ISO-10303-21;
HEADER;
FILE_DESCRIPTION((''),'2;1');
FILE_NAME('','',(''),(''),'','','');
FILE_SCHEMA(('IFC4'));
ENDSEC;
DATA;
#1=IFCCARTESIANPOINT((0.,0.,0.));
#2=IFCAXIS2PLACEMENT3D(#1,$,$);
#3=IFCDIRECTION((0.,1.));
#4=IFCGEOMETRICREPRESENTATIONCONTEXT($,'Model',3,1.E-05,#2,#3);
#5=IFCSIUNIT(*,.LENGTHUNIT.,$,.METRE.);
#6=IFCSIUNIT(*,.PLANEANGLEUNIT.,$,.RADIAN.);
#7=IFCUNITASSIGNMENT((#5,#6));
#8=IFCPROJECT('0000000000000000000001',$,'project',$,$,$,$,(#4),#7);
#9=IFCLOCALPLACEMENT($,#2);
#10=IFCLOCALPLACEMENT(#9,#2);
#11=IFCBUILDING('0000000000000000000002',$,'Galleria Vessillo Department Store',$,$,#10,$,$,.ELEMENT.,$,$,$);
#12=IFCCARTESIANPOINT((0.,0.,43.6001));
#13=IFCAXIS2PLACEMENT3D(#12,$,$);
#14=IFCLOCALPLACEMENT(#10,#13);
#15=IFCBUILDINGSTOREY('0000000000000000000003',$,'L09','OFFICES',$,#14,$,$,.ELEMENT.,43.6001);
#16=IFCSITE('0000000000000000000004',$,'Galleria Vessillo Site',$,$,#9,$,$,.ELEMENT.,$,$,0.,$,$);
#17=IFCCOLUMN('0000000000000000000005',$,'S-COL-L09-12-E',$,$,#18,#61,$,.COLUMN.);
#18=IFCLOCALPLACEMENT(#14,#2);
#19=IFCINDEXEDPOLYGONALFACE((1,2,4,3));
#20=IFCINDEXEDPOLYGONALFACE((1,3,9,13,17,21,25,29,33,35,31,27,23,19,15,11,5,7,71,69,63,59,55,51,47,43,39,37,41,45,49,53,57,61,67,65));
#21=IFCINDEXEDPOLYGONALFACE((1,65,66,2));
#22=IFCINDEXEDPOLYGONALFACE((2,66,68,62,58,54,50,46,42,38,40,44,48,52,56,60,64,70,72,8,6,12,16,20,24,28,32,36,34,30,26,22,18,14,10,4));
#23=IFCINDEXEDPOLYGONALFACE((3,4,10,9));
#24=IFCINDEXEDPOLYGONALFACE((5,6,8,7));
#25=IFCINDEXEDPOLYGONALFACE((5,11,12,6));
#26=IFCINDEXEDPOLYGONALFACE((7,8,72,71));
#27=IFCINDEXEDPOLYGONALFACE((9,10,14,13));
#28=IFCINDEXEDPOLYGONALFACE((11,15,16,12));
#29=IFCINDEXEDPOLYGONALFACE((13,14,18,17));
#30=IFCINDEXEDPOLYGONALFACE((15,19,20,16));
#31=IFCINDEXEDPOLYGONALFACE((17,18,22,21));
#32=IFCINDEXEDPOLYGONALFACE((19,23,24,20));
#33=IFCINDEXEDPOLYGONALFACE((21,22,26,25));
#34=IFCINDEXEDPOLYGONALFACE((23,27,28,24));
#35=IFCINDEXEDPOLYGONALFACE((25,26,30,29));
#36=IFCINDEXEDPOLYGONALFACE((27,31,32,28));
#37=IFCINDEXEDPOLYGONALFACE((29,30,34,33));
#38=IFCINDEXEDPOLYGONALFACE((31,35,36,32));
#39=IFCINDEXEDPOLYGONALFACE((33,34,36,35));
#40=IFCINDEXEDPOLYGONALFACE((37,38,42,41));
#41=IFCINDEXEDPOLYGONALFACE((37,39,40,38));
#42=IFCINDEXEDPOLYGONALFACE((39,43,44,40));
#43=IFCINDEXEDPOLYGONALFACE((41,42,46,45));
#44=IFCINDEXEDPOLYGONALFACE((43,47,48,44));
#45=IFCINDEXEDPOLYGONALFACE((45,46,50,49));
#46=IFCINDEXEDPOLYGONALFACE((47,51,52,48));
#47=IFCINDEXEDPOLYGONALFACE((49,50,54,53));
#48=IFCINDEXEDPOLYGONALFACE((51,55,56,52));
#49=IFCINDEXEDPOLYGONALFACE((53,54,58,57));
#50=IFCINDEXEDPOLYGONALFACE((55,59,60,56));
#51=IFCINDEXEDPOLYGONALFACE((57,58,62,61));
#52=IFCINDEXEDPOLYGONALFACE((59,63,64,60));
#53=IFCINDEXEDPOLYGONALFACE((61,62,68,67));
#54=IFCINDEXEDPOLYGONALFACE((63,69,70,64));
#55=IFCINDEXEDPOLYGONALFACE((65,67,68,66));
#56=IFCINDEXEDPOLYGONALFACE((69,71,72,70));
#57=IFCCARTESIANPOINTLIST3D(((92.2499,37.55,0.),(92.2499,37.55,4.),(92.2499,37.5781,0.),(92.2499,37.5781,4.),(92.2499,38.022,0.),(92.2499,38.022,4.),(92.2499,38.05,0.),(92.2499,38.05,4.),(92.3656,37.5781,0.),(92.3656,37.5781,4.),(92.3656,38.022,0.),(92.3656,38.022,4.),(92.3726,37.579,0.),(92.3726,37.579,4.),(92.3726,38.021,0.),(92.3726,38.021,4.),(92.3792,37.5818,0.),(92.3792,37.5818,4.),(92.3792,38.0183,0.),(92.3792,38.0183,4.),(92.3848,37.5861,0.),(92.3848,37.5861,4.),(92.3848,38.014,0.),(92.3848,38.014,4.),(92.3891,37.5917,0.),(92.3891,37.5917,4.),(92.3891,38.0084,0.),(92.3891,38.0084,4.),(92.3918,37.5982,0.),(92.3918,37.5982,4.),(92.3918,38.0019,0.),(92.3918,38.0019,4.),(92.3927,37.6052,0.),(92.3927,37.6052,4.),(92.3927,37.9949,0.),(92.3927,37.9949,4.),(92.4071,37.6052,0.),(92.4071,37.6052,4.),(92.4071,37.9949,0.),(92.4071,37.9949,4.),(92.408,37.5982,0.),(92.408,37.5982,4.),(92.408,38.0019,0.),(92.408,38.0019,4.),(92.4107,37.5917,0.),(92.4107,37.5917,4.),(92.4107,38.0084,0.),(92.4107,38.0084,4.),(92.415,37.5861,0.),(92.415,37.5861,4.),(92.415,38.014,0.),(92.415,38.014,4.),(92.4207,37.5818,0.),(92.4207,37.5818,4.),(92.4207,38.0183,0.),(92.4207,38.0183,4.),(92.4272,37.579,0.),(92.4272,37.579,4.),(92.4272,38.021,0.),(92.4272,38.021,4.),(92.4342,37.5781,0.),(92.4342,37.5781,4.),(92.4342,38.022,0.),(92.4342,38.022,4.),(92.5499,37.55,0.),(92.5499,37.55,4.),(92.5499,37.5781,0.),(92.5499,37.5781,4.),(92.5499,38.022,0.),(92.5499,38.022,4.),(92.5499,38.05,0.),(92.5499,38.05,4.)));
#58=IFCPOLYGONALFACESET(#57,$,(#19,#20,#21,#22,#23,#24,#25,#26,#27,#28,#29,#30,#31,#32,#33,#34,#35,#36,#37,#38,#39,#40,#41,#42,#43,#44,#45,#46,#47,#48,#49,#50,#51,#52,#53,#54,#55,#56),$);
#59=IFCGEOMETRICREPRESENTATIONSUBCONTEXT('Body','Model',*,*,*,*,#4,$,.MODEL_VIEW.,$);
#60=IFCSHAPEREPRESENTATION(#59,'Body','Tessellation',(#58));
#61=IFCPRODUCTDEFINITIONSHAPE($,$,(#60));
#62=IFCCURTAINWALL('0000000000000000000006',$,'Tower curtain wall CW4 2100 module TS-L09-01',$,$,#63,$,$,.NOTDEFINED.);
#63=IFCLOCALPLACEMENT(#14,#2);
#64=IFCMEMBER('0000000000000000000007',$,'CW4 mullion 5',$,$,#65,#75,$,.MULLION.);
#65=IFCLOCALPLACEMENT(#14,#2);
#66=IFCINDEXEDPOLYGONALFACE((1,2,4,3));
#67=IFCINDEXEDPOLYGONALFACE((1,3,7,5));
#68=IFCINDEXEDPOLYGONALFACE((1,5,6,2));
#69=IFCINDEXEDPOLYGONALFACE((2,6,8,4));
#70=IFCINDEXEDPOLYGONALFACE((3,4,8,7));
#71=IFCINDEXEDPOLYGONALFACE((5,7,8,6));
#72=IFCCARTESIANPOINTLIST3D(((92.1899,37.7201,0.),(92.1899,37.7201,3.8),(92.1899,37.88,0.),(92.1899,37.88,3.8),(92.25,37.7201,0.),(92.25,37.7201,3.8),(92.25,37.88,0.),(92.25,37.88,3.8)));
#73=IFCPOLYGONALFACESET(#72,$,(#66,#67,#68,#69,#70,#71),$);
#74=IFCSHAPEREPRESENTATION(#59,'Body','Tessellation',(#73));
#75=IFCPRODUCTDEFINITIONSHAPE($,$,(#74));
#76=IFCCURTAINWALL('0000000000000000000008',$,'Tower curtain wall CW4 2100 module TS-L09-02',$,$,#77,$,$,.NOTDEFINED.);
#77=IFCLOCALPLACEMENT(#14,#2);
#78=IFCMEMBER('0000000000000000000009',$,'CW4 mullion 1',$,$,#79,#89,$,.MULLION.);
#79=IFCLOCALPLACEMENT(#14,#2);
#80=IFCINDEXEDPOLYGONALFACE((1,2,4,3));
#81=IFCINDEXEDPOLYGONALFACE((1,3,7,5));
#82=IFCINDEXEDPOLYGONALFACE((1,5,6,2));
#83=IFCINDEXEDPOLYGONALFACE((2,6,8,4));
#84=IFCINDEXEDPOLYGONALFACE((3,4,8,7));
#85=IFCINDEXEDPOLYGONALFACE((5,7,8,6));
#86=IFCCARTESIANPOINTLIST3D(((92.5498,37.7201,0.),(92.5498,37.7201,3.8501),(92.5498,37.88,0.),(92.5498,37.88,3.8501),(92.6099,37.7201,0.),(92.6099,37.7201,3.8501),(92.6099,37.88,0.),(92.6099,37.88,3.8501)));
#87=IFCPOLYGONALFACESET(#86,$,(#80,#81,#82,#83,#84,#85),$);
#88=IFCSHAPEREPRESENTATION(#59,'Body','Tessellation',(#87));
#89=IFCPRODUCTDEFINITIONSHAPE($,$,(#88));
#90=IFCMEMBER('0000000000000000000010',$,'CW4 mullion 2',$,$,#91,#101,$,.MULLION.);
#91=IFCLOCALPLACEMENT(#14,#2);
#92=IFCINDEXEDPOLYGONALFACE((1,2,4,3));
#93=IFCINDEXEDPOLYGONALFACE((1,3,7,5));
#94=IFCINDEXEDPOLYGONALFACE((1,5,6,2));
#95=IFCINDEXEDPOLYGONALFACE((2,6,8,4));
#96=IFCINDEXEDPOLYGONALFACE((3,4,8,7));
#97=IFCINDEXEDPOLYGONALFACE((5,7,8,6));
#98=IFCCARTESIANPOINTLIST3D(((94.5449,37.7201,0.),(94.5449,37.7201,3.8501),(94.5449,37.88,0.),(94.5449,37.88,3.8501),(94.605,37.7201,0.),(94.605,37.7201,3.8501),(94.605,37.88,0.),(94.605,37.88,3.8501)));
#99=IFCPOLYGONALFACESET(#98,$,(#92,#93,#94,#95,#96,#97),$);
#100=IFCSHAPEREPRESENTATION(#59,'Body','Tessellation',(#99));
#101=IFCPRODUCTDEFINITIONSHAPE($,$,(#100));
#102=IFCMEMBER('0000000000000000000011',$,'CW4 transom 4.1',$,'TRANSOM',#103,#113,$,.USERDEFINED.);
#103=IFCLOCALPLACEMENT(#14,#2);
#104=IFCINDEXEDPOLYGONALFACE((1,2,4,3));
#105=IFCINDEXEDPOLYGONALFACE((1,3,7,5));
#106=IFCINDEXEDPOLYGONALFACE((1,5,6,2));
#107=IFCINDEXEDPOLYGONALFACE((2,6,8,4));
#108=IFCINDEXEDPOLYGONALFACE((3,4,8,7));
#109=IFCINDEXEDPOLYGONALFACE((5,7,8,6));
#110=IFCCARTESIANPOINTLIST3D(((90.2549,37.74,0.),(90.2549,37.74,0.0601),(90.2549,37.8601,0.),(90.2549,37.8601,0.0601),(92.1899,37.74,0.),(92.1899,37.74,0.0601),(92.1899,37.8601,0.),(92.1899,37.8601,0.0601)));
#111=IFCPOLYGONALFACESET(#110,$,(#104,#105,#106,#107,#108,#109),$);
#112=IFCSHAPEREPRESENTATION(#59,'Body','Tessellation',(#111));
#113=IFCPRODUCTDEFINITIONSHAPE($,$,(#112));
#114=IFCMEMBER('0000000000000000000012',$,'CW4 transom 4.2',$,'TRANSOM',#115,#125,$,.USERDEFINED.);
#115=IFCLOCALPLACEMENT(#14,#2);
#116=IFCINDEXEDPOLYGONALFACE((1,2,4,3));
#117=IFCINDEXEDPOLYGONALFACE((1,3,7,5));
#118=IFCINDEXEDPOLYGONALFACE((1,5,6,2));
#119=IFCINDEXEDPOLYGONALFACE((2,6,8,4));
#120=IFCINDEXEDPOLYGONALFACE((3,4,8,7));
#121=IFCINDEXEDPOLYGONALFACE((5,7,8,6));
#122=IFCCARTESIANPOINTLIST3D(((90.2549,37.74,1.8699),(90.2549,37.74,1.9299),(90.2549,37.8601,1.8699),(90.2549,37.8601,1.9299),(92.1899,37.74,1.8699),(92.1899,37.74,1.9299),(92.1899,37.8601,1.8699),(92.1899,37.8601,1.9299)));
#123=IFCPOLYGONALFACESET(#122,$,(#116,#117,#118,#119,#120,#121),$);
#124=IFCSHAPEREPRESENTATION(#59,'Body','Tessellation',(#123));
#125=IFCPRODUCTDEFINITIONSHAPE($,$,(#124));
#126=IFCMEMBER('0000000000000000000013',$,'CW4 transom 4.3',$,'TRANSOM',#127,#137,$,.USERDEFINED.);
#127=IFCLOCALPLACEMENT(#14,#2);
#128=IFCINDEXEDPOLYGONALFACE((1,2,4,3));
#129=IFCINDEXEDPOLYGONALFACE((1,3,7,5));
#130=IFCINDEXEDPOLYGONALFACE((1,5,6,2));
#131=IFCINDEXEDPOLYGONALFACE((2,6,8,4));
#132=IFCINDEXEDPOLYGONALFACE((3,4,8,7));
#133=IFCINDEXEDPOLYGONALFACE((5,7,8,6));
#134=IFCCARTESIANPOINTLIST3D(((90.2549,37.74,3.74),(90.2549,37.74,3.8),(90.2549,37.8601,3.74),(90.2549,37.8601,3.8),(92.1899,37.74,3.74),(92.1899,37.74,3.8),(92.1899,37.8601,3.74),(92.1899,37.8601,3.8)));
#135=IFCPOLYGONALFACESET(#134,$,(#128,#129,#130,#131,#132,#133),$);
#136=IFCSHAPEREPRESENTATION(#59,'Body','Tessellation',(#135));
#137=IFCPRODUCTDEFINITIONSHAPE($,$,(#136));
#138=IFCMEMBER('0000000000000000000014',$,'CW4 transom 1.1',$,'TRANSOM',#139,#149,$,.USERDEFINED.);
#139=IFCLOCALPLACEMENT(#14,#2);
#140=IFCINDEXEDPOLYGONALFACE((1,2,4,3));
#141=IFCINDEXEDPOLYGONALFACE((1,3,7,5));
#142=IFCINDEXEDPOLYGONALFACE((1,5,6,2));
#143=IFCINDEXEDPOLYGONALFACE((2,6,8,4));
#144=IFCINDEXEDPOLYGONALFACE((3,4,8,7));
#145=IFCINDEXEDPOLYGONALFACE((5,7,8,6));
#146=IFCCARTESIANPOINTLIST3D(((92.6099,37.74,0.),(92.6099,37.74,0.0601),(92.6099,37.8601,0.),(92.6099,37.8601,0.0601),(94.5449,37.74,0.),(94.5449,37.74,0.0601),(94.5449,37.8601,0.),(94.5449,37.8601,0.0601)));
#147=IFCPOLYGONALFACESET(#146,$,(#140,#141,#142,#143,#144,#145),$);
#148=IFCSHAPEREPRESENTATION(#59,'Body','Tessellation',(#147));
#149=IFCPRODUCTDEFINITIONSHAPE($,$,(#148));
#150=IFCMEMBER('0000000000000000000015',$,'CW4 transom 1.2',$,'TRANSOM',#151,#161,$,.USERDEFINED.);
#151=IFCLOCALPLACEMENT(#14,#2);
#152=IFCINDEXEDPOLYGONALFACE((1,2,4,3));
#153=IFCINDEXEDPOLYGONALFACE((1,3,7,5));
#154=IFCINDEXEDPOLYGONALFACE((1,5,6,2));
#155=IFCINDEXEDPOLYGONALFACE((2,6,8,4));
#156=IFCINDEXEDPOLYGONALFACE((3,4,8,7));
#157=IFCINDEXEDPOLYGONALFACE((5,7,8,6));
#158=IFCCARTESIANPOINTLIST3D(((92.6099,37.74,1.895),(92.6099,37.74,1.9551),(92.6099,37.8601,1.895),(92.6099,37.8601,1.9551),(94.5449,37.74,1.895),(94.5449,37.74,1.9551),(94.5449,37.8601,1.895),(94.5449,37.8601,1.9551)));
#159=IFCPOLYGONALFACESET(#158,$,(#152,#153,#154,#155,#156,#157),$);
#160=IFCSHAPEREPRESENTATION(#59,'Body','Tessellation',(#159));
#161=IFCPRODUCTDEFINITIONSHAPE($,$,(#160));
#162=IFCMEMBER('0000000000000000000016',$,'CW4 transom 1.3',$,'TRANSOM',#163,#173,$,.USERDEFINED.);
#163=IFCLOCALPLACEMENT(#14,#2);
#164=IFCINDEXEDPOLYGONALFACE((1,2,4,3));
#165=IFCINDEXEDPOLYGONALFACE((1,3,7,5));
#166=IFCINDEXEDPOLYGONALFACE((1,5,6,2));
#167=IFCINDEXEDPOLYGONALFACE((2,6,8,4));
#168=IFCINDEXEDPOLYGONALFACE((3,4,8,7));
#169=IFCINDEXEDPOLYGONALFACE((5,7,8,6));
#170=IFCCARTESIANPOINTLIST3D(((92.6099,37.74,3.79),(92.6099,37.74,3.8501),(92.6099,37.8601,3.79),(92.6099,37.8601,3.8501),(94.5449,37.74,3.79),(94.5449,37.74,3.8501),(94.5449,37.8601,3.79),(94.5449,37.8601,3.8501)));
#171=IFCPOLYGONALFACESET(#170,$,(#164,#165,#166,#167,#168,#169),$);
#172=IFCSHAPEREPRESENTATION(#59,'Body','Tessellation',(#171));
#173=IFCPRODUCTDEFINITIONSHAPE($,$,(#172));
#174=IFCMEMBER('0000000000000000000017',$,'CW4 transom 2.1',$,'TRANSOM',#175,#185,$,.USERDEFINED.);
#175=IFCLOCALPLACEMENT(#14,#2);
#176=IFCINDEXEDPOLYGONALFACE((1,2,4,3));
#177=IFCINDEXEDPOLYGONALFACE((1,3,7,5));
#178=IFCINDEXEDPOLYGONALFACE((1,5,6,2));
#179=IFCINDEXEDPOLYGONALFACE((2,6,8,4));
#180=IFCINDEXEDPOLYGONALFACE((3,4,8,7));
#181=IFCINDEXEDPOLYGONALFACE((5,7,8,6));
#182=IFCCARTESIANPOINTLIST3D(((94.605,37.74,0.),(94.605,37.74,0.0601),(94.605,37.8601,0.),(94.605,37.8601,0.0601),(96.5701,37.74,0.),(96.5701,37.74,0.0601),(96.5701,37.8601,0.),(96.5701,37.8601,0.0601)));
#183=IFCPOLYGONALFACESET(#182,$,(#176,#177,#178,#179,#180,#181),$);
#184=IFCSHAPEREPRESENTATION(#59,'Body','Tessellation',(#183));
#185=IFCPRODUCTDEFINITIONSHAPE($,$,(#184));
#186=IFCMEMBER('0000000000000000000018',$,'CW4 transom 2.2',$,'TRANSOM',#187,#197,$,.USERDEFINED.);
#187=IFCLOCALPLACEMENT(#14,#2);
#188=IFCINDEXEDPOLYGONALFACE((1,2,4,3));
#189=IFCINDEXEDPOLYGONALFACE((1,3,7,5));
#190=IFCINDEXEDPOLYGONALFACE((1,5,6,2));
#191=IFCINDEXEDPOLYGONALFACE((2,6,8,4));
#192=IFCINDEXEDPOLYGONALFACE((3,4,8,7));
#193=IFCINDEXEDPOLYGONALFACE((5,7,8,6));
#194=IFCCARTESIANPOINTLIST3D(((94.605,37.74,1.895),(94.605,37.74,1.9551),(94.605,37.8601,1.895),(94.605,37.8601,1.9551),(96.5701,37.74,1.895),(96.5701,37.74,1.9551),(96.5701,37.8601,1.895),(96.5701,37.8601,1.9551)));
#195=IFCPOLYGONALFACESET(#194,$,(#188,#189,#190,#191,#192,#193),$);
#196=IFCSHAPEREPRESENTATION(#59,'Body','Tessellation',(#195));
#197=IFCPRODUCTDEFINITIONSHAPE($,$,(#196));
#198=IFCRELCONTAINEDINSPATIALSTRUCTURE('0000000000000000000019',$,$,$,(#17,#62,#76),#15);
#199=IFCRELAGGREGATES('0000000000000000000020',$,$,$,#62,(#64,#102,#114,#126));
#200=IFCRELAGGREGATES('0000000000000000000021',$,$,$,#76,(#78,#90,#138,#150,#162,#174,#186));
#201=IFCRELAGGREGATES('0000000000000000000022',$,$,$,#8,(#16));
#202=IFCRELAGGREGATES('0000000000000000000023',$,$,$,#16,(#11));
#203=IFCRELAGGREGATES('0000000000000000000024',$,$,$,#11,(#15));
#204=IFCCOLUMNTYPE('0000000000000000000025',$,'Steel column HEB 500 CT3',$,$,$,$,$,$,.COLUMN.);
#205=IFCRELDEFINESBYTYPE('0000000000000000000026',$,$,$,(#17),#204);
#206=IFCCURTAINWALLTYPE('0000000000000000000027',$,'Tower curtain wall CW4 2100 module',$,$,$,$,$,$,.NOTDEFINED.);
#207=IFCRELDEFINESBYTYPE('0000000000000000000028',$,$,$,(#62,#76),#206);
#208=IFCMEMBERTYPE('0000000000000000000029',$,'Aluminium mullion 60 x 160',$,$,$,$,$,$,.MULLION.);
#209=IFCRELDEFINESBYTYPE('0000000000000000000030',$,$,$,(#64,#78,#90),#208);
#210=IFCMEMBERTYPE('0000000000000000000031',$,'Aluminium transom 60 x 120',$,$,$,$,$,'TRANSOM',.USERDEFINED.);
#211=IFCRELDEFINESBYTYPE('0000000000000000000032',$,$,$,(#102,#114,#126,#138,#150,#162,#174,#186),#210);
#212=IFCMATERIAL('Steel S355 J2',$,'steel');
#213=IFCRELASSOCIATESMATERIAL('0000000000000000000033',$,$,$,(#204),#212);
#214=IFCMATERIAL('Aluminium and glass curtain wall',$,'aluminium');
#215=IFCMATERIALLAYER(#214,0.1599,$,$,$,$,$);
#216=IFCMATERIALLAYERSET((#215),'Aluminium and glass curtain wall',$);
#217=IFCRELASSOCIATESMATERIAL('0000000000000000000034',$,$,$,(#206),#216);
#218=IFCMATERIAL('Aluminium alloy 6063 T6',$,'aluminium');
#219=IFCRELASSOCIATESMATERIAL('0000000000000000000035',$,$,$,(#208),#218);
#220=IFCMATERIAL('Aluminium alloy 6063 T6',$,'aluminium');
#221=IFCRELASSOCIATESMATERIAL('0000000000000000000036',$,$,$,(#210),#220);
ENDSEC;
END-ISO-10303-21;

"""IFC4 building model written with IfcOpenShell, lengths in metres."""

from ifc_helpers import new_model, si_unit, direction, frame, origin, origin_2d, place, context, subcontext, project, spatial, rectangle, i_section, extrude, material, layer, layer_set, material_profile, profile_set, type_object, element, aggregate, save


model = new_model("IFC4")

# Units and contexts
model_context = context("Model", 3, precision=1e-05, world=origin(), true_north=direction((0.0, 1.0)))
body_context = subcontext(model_context, "Body", "Model", "MODEL_VIEW")
ifc_project = project(units=[si_unit("LENGTHUNIT", "METRE"), si_unit("PLANEANGLEUNIT", "RADIAN")], contexts=[model_context])

# Site, building, storey
site_placement = place(None, origin())
site = spatial("IfcSite", under=ifc_project, at=site_placement, Name="Galleria Vessillo Site", CompositionType="ELEMENT", RefElevation=0.0)
building_placement = place(site_placement, origin())
building = spatial("IfcBuilding", under=site, at=building_placement, Name="Galleria Vessillo Department Store", CompositionType="ELEMENT")
storey_placement = place(building_placement, frame((0.0, 0.0, 43.6001)))
storey = spatial("IfcBuildingStorey", under=building, at=storey_placement, Name="L09", Description="OFFICES", CompositionType="ELEMENT", Elevation=43.6001)

# Column
ifc_material_1 = material(Name="Steel S355 J2", Category="steel")
ifc_material_profile_1 = material_profile(ifc_material_1, i_section(OverallWidth=0.3, OverallDepth=0.5, WebThickness=0.0144, FlangeThickness=0.0281, FilletRadius=0.0271, at=origin_2d()), Name="HEB 500")
ifc_profile_set_1 = profile_set([ifc_material_profile_1], Name="Steel S355 J2")
column_type = type_object("IfcColumnType", Name="Steel column HEB 500 CT3", PredefinedType="COLUMN", material=ifc_profile_set_1)
column_placement = place(storey_placement, frame((92.3999, 37.8, 0.0), z_axis=(0.0, 0.0, 1.0), x_axis=(1.0, 0.0, 0.0)))
element("IfcColumn", 1, at=column_placement, inside=storey, type_object=column_type, Name="S-COL-L09-12-E", PredefinedType="COLUMN", context=body_context, shape_type="SweptSolid", body=[
    extrude(i_section(OverallWidth=0.3, OverallDepth=0.5, WebThickness=0.0144, FlangeThickness=0.0281, FilletRadius=0.0271, at=origin_2d()), origin(), (0.0, 0.0, 1.0), 4.0),
])

# Curtain wall, member
ifc_material_2 = material(Name="Aluminium and glass curtain wall", Category="aluminium")
ifc_layer_1 = layer(ifc_material_2, 0.1599)
ifc_layer_set_1 = layer_set([ifc_layer_1], Name="Aluminium and glass curtain wall")
curtain_wall_type = type_object("IfcCurtainWallType", Name="Tower curtain wall CW4 2100 module", PredefinedType="NOTDEFINED", material=ifc_layer_set_1)
curtain_wall_1_placement = place(storey_placement, origin())
curtain_wall_1 = element("IfcCurtainWall", 2, at=curtain_wall_1_placement, inside=storey, type_object=curtain_wall_type, Name="Tower curtain wall CW4 2100 module TS-L09-01", PredefinedType="NOTDEFINED")
ifc_material_3 = material(Name="Aluminium alloy 6063 T6", Category="aluminium")
ifc_material_profile_2 = material_profile(ifc_material_3, rectangle(XDim=0.1599, YDim=0.0601, at=origin_2d()), Name="AL 60x160")
ifc_profile_set_2 = profile_set([ifc_material_profile_2], Name="Aluminium alloy 6063 T6")
member_type_1 = type_object("IfcMemberType", Name="Aluminium mullion 60 x 160", PredefinedType="MULLION", material=ifc_profile_set_2)
member_1_placement = place(storey_placement, frame((92.22, 37.8, 0.0), z_axis=(0.0, 0.0, 1.0), x_axis=(0.0, 1.0, 0.0)))
member_1 = element("IfcMember", 3, at=member_1_placement, type_object=member_type_1, Name="CW4 mullion 5", PredefinedType="MULLION", context=body_context, shape_type="SweptSolid", body=[
    extrude(rectangle(XDim=0.1599, YDim=0.0601, at=origin_2d()), origin(), (0.0, 0.0, 1.0), 3.8),
])

# Curtain wall, members
curtain_wall_2_placement = place(storey_placement, origin())
curtain_wall_2 = element("IfcCurtainWall", 4, at=curtain_wall_2_placement, inside=storey, type_object=curtain_wall_type, Name="Tower curtain wall CW4 2100 module TS-L09-02", PredefinedType="NOTDEFINED")
member_2_placement = place(storey_placement, frame((92.5798, 37.8, 0.0), z_axis=(0.0, 0.0, 1.0), x_axis=(0.0, 1.0, 0.0)))
member_2 = element("IfcMember", 5, at=member_2_placement, type_object=member_type_1, Name="CW4 mullion 1", PredefinedType="MULLION", context=body_context, shape_type="SweptSolid", body=[
    extrude(rectangle(XDim=0.1599, YDim=0.0601, at=origin_2d()), origin(), (0.0, 0.0, 1.0), 3.8501),
])
member_3_placement = place(storey_placement, frame((94.575, 37.8, 0.0), z_axis=(0.0, 0.0, 1.0), x_axis=(0.0, 1.0, 0.0)))
member_3 = element("IfcMember", 6, at=member_3_placement, type_object=member_type_1, Name="CW4 mullion 2", PredefinedType="MULLION", context=body_context, shape_type="SweptSolid", body=[
    extrude(rectangle(XDim=0.1599, YDim=0.0601, at=origin_2d()), origin(), (0.0, 0.0, 1.0), 3.8501),
])

# Members
ifc_material_4 = material(Name="Aluminium alloy 6063 T6", Category="aluminium")
ifc_material_profile_3 = material_profile(ifc_material_4, rectangle(XDim=0.1201, YDim=0.0601, at=origin_2d()), Name="AL 60x120")
ifc_profile_set_3 = profile_set([ifc_material_profile_3], Name="Aluminium alloy 6063 T6")
member_type_2 = type_object("IfcMemberType", Name="Aluminium transom 60 x 120", ElementType="TRANSOM", PredefinedType="USERDEFINED", material=ifc_profile_set_3)
member_4_placement = place(storey_placement, frame((90.2549, 37.8, 0.03), z_axis=(1.0, 0.0, 0.0), x_axis=(0.0, 1.0, 0.0)))
member_4 = element("IfcMember", 7, at=member_4_placement, type_object=member_type_2, Name="CW4 transom 4.1", ObjectType="TRANSOM", PredefinedType="USERDEFINED", context=body_context, shape_type="SweptSolid", body=[
    extrude(rectangle(XDim=0.1201, YDim=0.0601, at=origin_2d()), origin(), (0.0, 0.0, 1.0), 1.9351),
])
member_5_placement = place(storey_placement, frame((90.2549, 37.8, 1.8999), z_axis=(1.0, 0.0, 0.0), x_axis=(0.0, 1.0, 0.0)))
member_5 = element("IfcMember", 8, at=member_5_placement, type_object=member_type_2, Name="CW4 transom 4.2", ObjectType="TRANSOM", PredefinedType="USERDEFINED", context=body_context, shape_type="SweptSolid", body=[
    extrude(rectangle(XDim=0.1201, YDim=0.0601, at=origin_2d()), origin(), (0.0, 0.0, 1.0), 1.9351),
])
member_6_placement = place(storey_placement, frame((90.2549, 37.8, 3.77), z_axis=(1.0, 0.0, 0.0), x_axis=(0.0, 1.0, 0.0)))
member_6 = element("IfcMember", 9, at=member_6_placement, type_object=member_type_2, Name="CW4 transom 4.3", ObjectType="TRANSOM", PredefinedType="USERDEFINED", context=body_context, shape_type="SweptSolid", body=[
    extrude(rectangle(XDim=0.1201, YDim=0.0601, at=origin_2d()), origin(), (0.0, 0.0, 1.0), 1.9351),
])
member_7_placement = place(storey_placement, frame((92.6099, 37.8, 0.03), z_axis=(1.0, 0.0, 0.0), x_axis=(0.0, 1.0, 0.0)))
member_7 = element("IfcMember", 10, at=member_7_placement, type_object=member_type_2, Name="CW4 transom 1.1", ObjectType="TRANSOM", PredefinedType="USERDEFINED", context=body_context, shape_type="SweptSolid", body=[
    extrude(rectangle(XDim=0.1201, YDim=0.0601, at=origin_2d()), origin(), (0.0, 0.0, 1.0), 1.9351),
])
member_8_placement = place(storey_placement, frame((92.6099, 37.8, 1.925), z_axis=(1.0, 0.0, 0.0), x_axis=(0.0, 1.0, 0.0)))
member_8 = element("IfcMember", 11, at=member_8_placement, type_object=member_type_2, Name="CW4 transom 1.2", ObjectType="TRANSOM", PredefinedType="USERDEFINED", context=body_context, shape_type="SweptSolid", body=[
    extrude(rectangle(XDim=0.1201, YDim=0.0601, at=origin_2d()), origin(), (0.0, 0.0, 1.0), 1.9351),
])
member_9_placement = place(storey_placement, frame((92.6099, 37.8, 3.8201), z_axis=(1.0, 0.0, 0.0), x_axis=(0.0, 1.0, 0.0)))
member_9 = element("IfcMember", 12, at=member_9_placement, type_object=member_type_2, Name="CW4 transom 1.3", ObjectType="TRANSOM", PredefinedType="USERDEFINED", context=body_context, shape_type="SweptSolid", body=[
    extrude(rectangle(XDim=0.1201, YDim=0.0601, at=origin_2d()), origin(), (0.0, 0.0, 1.0), 1.9351),
])
member_10_placement = place(storey_placement, frame((94.605, 37.8, 0.03), z_axis=(1.0, 0.0, 0.0), x_axis=(0.0, 1.0, 0.0)))
member_10 = element("IfcMember", 13, at=member_10_placement, type_object=member_type_2, Name="CW4 transom 2.1", ObjectType="TRANSOM", PredefinedType="USERDEFINED", context=body_context, shape_type="SweptSolid", body=[
    extrude(rectangle(XDim=0.1201, YDim=0.0601, at=origin_2d()), origin(), (0.0, 0.0, 1.0), 1.9651),
])
member_11_placement = place(storey_placement, frame((94.605, 37.8, 1.925), z_axis=(1.0, 0.0, 0.0), x_axis=(0.0, 1.0, 0.0)))
member_11 = element("IfcMember", 14, at=member_11_placement, type_object=member_type_2, Name="CW4 transom 2.2", ObjectType="TRANSOM", PredefinedType="USERDEFINED", context=body_context, shape_type="SweptSolid", body=[
    extrude(rectangle(XDim=0.1201, YDim=0.0601, at=origin_2d()), origin(), (0.0, 0.0, 1.0), 1.9651),
])

aggregate(curtain_wall_1, [member_1, member_4, member_5, member_6])
aggregate(curtain_wall_2, [member_2, member_3, member_7, member_8, member_9, member_10, member_11])

save(model, "model.ifc")
